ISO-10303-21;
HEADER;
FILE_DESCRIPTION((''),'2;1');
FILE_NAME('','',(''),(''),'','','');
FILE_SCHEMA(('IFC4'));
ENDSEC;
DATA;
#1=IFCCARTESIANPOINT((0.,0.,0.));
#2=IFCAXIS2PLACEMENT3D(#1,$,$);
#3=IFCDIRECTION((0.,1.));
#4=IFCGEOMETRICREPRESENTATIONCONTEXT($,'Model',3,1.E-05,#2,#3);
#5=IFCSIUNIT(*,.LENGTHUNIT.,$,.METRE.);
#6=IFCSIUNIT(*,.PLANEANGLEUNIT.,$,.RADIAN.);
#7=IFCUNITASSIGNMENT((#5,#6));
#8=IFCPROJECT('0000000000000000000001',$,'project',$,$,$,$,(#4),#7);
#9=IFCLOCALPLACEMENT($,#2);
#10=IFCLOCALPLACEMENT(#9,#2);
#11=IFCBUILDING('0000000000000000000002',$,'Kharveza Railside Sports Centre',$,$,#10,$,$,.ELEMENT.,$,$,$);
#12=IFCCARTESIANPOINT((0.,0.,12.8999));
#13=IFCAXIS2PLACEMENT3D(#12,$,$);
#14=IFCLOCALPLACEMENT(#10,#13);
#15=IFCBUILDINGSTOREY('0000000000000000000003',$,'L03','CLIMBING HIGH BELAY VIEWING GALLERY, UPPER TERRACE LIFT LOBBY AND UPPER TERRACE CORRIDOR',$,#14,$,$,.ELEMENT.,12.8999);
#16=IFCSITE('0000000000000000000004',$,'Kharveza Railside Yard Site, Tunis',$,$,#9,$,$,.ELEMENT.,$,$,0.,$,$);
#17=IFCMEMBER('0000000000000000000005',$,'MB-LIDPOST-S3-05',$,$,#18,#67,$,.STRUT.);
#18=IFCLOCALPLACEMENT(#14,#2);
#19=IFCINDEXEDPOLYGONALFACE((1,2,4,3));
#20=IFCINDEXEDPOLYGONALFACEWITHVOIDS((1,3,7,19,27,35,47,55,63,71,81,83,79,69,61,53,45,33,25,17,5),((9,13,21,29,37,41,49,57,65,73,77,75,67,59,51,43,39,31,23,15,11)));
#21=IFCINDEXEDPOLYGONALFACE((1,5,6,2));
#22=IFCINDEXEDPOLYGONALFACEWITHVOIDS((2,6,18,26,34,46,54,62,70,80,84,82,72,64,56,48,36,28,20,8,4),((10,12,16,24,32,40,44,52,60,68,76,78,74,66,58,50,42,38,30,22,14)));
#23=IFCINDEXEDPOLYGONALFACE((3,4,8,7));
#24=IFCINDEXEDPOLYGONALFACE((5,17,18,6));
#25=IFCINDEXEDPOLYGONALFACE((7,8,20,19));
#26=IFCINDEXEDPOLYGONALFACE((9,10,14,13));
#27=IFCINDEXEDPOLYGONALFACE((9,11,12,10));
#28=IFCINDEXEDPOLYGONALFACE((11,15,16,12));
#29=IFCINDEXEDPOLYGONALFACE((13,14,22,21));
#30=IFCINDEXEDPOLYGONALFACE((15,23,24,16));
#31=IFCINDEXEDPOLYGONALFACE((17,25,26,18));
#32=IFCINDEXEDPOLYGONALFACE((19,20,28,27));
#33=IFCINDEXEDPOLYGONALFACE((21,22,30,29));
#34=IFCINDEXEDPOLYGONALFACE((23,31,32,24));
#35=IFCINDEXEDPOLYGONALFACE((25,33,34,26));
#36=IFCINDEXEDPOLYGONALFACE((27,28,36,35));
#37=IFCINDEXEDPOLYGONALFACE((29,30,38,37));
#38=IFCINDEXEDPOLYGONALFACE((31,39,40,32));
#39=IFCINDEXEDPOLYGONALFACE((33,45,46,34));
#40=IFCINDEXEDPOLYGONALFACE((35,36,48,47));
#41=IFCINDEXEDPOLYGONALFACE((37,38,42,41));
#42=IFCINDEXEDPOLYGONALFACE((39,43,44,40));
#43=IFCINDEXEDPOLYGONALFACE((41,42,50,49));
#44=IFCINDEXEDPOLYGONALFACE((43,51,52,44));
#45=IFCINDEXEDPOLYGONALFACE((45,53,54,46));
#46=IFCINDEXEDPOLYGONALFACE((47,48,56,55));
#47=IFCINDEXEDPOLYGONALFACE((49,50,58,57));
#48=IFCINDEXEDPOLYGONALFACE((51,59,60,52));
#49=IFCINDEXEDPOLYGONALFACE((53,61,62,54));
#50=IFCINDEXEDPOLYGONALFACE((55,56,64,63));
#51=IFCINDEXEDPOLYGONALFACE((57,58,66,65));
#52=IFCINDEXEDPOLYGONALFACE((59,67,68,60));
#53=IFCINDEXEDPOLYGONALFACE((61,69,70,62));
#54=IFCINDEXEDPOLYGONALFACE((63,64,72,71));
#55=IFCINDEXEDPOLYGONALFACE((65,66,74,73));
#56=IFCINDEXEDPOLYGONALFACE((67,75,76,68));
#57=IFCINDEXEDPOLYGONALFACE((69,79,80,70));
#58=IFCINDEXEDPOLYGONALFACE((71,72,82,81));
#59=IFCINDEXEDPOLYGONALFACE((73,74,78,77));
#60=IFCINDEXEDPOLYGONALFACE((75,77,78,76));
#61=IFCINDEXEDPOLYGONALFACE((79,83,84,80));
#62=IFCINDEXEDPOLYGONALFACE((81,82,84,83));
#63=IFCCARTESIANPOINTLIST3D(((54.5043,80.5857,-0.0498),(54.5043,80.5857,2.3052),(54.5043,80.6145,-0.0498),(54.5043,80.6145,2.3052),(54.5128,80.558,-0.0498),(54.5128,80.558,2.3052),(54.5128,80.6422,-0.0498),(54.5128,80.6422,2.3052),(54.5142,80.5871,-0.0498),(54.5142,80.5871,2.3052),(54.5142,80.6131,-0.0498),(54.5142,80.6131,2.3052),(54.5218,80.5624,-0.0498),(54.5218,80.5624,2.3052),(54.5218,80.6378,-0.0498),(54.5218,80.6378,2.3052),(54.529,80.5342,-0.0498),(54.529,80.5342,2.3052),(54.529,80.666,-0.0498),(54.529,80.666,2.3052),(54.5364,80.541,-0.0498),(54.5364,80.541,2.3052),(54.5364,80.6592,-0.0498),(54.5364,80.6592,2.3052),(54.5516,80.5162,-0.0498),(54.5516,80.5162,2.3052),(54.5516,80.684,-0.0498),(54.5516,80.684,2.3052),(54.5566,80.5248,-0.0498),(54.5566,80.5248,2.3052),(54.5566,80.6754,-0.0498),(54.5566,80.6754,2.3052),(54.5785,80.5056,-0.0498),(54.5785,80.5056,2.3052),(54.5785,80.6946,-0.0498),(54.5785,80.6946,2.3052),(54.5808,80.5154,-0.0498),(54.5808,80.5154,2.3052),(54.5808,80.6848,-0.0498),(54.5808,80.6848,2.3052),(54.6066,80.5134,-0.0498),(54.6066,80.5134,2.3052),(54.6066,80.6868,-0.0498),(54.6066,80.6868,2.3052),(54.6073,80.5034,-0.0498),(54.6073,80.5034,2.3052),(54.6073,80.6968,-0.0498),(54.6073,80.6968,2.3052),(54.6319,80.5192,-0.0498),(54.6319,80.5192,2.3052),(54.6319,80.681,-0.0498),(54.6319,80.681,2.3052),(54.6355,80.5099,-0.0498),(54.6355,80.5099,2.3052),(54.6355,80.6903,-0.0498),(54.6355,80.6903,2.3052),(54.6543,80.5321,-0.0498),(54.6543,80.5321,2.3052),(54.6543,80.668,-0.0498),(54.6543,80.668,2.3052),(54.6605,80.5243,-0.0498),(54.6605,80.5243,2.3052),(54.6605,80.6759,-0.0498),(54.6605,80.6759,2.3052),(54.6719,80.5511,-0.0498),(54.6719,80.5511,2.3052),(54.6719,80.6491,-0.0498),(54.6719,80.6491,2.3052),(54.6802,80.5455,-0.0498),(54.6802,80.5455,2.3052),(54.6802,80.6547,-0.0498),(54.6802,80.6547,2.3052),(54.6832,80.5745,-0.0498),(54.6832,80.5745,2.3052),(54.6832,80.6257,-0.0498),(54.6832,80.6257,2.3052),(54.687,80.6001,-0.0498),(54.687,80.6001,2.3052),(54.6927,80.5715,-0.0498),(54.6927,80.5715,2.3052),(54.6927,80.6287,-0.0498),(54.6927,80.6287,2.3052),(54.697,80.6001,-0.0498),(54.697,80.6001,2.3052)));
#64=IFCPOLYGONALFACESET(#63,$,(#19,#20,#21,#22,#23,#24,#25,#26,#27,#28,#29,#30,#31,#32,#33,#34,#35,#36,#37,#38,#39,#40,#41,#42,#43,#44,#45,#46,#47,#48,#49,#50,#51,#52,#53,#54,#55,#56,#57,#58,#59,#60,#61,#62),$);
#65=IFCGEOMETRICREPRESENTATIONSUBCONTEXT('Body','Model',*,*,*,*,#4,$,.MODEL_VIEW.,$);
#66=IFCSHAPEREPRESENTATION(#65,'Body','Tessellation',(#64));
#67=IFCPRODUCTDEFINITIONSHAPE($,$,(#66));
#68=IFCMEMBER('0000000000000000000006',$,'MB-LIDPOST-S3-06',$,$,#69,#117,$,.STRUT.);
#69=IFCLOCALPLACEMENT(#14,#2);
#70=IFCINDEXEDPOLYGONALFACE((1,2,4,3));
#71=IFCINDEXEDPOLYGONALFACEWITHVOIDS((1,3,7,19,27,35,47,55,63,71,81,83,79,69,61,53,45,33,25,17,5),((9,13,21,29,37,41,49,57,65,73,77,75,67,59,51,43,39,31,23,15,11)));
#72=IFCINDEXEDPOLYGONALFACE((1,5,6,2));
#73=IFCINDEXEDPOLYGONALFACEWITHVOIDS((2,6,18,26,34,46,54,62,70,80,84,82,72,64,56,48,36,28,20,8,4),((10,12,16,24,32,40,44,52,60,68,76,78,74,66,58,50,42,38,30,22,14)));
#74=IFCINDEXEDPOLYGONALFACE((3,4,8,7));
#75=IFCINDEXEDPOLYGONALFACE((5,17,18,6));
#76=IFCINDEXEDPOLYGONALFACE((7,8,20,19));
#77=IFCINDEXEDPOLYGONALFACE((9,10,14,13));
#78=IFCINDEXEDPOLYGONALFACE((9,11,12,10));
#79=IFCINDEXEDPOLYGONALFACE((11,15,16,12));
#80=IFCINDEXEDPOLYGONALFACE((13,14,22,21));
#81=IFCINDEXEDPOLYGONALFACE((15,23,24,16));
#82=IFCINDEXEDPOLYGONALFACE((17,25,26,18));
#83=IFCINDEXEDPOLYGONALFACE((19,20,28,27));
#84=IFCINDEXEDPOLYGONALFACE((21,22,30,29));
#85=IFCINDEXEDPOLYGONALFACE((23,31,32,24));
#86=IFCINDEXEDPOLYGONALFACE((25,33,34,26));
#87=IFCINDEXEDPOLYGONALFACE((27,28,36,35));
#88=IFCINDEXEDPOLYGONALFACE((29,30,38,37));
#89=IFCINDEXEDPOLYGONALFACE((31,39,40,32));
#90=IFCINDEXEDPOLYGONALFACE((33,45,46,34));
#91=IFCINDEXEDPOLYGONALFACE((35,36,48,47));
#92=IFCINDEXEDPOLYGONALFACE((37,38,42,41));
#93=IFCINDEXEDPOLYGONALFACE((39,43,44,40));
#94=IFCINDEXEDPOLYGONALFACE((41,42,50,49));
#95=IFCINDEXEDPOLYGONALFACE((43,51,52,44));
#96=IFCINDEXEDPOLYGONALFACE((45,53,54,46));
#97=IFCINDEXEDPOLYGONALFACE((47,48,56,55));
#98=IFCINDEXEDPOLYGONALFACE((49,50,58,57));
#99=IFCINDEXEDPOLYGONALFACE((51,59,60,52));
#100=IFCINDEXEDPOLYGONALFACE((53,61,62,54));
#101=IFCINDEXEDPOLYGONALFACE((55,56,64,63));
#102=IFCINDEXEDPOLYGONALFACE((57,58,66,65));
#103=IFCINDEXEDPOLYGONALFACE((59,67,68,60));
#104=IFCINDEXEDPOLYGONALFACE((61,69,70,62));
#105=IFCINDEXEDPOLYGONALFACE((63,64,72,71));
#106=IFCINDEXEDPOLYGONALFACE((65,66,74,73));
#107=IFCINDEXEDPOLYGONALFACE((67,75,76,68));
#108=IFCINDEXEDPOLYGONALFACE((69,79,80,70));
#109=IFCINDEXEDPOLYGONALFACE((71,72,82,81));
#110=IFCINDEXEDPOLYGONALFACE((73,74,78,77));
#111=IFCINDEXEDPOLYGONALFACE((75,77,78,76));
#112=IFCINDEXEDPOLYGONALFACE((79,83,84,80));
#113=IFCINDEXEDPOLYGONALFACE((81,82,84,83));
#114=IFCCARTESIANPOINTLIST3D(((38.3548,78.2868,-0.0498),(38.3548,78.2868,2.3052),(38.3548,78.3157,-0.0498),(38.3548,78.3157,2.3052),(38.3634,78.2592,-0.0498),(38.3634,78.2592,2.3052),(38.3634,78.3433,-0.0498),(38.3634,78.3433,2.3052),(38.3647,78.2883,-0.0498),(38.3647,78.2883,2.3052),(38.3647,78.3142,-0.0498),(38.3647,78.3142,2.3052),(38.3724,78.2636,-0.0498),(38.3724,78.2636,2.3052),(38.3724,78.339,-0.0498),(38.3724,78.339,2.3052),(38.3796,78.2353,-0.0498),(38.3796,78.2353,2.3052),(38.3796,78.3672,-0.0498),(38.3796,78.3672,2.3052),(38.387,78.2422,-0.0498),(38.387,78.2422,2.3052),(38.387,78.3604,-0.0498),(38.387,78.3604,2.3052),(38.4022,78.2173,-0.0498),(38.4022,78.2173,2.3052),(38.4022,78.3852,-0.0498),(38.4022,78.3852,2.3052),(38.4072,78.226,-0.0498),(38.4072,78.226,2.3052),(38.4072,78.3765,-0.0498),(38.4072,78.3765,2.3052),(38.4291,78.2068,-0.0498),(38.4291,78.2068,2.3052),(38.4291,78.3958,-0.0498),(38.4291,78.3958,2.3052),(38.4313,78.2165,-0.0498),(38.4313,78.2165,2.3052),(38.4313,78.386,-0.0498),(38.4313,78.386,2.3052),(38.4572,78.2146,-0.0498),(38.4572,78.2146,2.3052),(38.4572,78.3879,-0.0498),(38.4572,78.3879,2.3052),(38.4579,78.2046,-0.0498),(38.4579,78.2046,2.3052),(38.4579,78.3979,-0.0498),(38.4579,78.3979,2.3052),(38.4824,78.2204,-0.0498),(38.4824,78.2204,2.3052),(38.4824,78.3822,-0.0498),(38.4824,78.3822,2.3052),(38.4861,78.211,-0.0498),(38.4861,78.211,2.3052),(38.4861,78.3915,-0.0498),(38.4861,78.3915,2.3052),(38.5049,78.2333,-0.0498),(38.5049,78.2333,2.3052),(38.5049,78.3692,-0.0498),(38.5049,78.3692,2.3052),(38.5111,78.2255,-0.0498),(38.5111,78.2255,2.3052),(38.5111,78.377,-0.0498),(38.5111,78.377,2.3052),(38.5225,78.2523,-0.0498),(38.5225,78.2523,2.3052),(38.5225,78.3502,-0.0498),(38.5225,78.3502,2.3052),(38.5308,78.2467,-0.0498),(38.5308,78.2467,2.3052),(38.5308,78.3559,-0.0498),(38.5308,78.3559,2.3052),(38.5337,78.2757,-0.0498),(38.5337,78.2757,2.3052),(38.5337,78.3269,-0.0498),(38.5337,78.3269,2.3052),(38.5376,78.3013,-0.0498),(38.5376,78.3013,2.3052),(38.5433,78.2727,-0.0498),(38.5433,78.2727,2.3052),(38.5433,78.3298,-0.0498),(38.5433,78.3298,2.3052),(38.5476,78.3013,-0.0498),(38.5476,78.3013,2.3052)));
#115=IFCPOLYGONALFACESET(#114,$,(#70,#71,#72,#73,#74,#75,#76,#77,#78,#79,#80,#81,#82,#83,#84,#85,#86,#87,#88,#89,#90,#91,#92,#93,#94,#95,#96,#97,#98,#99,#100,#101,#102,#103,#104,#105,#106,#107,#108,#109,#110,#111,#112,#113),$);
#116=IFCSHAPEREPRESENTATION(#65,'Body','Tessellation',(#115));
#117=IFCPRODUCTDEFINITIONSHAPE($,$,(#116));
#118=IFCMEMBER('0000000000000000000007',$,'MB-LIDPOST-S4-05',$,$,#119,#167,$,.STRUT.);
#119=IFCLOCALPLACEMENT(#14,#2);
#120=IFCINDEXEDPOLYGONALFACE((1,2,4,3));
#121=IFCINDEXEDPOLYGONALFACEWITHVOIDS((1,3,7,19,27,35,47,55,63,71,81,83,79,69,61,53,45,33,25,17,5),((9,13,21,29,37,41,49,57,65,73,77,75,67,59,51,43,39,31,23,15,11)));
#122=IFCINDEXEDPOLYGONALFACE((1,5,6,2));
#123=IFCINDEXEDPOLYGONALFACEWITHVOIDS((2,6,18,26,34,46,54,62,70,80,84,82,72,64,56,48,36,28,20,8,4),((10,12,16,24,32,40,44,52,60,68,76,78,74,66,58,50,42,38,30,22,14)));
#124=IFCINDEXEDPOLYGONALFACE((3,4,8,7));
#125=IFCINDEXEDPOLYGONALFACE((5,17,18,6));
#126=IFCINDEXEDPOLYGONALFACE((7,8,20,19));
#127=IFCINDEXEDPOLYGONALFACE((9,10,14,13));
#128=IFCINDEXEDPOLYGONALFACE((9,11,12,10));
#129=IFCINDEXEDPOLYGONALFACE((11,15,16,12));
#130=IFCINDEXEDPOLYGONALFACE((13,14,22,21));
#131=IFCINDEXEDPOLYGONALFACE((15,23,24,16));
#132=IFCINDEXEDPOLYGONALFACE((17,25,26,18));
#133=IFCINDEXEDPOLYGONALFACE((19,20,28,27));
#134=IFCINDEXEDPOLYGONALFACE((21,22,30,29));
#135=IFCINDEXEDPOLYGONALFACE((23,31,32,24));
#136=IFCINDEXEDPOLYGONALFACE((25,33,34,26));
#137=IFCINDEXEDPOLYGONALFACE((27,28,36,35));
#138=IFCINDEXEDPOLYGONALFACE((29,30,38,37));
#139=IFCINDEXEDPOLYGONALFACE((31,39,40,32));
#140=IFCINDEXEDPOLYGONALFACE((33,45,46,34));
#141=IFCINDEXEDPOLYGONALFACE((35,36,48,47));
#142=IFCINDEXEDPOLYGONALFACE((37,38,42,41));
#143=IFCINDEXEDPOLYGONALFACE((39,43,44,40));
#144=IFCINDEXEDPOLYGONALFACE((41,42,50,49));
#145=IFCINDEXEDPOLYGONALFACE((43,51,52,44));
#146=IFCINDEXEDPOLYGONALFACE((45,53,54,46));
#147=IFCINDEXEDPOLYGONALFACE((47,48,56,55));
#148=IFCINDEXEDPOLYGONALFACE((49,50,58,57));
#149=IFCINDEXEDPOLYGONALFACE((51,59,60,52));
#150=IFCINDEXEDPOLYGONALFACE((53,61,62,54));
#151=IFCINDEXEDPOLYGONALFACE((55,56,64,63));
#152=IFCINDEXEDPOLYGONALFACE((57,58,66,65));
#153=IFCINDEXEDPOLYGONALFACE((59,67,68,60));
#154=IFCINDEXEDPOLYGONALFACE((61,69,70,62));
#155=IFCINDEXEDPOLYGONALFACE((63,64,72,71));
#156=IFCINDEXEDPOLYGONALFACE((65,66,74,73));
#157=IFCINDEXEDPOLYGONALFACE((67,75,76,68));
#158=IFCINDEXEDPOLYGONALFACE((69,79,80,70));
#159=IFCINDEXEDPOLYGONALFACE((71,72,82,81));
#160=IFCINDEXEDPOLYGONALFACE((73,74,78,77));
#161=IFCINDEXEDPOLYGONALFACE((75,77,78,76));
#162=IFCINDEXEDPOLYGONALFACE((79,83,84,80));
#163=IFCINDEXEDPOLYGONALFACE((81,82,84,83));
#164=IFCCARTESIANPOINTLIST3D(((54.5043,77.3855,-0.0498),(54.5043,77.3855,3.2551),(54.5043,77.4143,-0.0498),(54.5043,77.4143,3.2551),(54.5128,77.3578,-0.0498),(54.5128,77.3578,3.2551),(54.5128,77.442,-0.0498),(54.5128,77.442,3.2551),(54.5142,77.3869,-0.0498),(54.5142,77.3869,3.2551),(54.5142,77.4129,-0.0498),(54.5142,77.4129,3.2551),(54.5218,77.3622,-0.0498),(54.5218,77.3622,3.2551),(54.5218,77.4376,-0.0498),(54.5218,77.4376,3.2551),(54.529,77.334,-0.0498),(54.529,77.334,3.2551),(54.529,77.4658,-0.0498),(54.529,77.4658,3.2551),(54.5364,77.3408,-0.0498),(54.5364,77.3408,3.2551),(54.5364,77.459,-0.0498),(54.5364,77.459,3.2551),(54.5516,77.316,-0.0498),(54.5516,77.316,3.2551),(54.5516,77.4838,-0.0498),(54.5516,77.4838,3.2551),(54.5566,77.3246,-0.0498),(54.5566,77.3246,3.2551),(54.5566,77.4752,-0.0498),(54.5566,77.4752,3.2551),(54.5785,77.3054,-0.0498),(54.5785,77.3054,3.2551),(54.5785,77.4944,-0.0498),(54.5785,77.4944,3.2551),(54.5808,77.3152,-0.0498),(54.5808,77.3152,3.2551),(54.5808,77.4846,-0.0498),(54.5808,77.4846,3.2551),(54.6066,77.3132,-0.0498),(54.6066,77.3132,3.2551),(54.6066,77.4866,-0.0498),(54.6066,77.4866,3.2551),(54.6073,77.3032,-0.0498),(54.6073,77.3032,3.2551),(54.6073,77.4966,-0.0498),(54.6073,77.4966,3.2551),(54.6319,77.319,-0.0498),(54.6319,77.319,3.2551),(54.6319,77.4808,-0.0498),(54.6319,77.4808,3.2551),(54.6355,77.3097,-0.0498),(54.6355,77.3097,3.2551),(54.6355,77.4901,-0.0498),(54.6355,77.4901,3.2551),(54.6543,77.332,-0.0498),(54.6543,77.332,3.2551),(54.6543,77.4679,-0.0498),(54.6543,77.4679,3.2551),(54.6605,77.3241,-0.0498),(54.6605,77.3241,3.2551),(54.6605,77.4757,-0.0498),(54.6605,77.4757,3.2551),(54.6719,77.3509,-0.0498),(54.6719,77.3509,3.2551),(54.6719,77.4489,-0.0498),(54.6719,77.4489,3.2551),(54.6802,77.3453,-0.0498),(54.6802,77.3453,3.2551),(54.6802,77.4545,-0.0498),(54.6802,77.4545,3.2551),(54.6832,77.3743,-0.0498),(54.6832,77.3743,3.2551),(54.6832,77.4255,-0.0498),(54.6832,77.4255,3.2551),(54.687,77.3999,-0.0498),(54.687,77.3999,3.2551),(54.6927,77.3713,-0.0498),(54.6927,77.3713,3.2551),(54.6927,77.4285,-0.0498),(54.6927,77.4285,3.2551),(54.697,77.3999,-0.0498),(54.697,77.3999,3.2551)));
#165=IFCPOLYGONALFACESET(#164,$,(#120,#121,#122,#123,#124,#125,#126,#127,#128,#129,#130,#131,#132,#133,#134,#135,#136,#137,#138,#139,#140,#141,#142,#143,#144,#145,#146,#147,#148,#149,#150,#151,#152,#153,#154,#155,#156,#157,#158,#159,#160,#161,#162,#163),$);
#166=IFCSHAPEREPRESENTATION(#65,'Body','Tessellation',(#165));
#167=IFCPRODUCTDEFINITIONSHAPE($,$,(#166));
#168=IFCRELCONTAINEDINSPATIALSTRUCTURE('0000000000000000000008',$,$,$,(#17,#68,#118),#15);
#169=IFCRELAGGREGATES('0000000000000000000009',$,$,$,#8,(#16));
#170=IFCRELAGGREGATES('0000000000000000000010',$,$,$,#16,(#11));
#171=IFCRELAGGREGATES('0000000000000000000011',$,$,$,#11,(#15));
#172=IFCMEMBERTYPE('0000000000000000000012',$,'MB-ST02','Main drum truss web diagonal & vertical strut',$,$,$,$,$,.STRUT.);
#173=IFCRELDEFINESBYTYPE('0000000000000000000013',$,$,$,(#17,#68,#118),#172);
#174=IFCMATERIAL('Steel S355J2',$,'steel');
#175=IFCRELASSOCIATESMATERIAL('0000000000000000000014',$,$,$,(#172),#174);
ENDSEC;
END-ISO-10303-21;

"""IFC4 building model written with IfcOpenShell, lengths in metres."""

from ifc_helpers import new_model, si_unit, direction, frame, origin, origin_2d, place, context, subcontext, project, spatial, hollow_circle, extrude, material, material_profile, profile_set, type_object, element, save


model = new_model("IFC4")

# Units and contexts
model_context = context("Model", 3, precision=1e-05, world=origin(), true_north=direction((0.0, 1.0)))
body_context = subcontext(model_context, "Body", "Model", "MODEL_VIEW")
ifc_project = project(units=[si_unit("LENGTHUNIT", "METRE"), si_unit("PLANEANGLEUNIT", "RADIAN")], contexts=[model_context])

# Site, building, storey
site_placement = place(None, origin())
site = spatial("IfcSite", under=ifc_project, at=site_placement, Name="Kharveza Railside Yard Site, Tunis", CompositionType="ELEMENT", RefElevation=0.0)
building_placement = place(site_placement, origin())
building = spatial("IfcBuilding", under=site, at=building_placement, Name="Kharveza Railside Sports Centre", CompositionType="ELEMENT")
storey_placement = place(building_placement, frame((0.0, 0.0, 12.8999)))
storey = spatial("IfcBuildingStorey", under=building, at=storey_placement, Name="L03", Description="CLIMBING HIGH BELAY VIEWING GALLERY, UPPER TERRACE LIFT LOBBY AND UPPER TERRACE CORRIDOR", CompositionType="ELEMENT", Elevation=12.8999)

# Shared definitions
ifc_material_1 = material(Name="Steel S355J2", Category="steel")

# Members
ifc_material_profile_1 = material_profile(ifc_material_1, hollow_circle(Radius=0.0969, WallThickness=0.01, at=origin_2d()), Name="CHS 193.7x10.0")
ifc_profile_set_1 = profile_set([ifc_material_profile_1], Name="Steel S355J2")
member_type_1 = type_object("IfcMemberType", Name="MB-ST02", Description="Main drum truss web diagonal & vertical strut", PredefinedType="STRUT", material=ifc_profile_set_1)
for number, where, z_axis, x_axis, name in (
    (1, (54.6001, 80.6001, -0.0498), (0.0, 0.0, 1.0), (1.0, 0.0, 0.0), "MB-LIDPOST-S3-05"),
    (2, (38.4507, 78.3013, -0.0498), (0.0, 0.0, 1.0), (1.0, 0.0, 0.0), "MB-LIDPOST-S3-06"),
):
    element("IfcMember", number, at=place(storey_placement, frame(where, z_axis=z_axis, x_axis=x_axis)), inside=storey, type_object=member_type_1, Name=name, PredefinedType="STRUT", context=body_context, shape_type="SweptSolid", body=[
        extrude(hollow_circle(Radius=0.0969, WallThickness=0.01, at=origin_2d()), origin(), (0.0, 0.0, 1.0), 2.355),
    ])
for number, where, z_axis, x_axis, name in (
    (3, (54.6001, 77.3999, -0.0498), (0.0, 0.0, 1.0), (1.0, 0.0, 0.0), "MB-LIDPOST-S4-05"),
):
    element("IfcMember", number, at=place(storey_placement, frame(where, z_axis=z_axis, x_axis=x_axis)), inside=storey, type_object=member_type_1, Name=name, PredefinedType="STRUT", context=body_context, shape_type="SweptSolid", body=[
        extrude(hollow_circle(Radius=0.0969, WallThickness=0.01, at=origin_2d()), origin(), (0.0, 0.0, 1.0), 3.3049),
    ])

save(model, "model.ifc")
